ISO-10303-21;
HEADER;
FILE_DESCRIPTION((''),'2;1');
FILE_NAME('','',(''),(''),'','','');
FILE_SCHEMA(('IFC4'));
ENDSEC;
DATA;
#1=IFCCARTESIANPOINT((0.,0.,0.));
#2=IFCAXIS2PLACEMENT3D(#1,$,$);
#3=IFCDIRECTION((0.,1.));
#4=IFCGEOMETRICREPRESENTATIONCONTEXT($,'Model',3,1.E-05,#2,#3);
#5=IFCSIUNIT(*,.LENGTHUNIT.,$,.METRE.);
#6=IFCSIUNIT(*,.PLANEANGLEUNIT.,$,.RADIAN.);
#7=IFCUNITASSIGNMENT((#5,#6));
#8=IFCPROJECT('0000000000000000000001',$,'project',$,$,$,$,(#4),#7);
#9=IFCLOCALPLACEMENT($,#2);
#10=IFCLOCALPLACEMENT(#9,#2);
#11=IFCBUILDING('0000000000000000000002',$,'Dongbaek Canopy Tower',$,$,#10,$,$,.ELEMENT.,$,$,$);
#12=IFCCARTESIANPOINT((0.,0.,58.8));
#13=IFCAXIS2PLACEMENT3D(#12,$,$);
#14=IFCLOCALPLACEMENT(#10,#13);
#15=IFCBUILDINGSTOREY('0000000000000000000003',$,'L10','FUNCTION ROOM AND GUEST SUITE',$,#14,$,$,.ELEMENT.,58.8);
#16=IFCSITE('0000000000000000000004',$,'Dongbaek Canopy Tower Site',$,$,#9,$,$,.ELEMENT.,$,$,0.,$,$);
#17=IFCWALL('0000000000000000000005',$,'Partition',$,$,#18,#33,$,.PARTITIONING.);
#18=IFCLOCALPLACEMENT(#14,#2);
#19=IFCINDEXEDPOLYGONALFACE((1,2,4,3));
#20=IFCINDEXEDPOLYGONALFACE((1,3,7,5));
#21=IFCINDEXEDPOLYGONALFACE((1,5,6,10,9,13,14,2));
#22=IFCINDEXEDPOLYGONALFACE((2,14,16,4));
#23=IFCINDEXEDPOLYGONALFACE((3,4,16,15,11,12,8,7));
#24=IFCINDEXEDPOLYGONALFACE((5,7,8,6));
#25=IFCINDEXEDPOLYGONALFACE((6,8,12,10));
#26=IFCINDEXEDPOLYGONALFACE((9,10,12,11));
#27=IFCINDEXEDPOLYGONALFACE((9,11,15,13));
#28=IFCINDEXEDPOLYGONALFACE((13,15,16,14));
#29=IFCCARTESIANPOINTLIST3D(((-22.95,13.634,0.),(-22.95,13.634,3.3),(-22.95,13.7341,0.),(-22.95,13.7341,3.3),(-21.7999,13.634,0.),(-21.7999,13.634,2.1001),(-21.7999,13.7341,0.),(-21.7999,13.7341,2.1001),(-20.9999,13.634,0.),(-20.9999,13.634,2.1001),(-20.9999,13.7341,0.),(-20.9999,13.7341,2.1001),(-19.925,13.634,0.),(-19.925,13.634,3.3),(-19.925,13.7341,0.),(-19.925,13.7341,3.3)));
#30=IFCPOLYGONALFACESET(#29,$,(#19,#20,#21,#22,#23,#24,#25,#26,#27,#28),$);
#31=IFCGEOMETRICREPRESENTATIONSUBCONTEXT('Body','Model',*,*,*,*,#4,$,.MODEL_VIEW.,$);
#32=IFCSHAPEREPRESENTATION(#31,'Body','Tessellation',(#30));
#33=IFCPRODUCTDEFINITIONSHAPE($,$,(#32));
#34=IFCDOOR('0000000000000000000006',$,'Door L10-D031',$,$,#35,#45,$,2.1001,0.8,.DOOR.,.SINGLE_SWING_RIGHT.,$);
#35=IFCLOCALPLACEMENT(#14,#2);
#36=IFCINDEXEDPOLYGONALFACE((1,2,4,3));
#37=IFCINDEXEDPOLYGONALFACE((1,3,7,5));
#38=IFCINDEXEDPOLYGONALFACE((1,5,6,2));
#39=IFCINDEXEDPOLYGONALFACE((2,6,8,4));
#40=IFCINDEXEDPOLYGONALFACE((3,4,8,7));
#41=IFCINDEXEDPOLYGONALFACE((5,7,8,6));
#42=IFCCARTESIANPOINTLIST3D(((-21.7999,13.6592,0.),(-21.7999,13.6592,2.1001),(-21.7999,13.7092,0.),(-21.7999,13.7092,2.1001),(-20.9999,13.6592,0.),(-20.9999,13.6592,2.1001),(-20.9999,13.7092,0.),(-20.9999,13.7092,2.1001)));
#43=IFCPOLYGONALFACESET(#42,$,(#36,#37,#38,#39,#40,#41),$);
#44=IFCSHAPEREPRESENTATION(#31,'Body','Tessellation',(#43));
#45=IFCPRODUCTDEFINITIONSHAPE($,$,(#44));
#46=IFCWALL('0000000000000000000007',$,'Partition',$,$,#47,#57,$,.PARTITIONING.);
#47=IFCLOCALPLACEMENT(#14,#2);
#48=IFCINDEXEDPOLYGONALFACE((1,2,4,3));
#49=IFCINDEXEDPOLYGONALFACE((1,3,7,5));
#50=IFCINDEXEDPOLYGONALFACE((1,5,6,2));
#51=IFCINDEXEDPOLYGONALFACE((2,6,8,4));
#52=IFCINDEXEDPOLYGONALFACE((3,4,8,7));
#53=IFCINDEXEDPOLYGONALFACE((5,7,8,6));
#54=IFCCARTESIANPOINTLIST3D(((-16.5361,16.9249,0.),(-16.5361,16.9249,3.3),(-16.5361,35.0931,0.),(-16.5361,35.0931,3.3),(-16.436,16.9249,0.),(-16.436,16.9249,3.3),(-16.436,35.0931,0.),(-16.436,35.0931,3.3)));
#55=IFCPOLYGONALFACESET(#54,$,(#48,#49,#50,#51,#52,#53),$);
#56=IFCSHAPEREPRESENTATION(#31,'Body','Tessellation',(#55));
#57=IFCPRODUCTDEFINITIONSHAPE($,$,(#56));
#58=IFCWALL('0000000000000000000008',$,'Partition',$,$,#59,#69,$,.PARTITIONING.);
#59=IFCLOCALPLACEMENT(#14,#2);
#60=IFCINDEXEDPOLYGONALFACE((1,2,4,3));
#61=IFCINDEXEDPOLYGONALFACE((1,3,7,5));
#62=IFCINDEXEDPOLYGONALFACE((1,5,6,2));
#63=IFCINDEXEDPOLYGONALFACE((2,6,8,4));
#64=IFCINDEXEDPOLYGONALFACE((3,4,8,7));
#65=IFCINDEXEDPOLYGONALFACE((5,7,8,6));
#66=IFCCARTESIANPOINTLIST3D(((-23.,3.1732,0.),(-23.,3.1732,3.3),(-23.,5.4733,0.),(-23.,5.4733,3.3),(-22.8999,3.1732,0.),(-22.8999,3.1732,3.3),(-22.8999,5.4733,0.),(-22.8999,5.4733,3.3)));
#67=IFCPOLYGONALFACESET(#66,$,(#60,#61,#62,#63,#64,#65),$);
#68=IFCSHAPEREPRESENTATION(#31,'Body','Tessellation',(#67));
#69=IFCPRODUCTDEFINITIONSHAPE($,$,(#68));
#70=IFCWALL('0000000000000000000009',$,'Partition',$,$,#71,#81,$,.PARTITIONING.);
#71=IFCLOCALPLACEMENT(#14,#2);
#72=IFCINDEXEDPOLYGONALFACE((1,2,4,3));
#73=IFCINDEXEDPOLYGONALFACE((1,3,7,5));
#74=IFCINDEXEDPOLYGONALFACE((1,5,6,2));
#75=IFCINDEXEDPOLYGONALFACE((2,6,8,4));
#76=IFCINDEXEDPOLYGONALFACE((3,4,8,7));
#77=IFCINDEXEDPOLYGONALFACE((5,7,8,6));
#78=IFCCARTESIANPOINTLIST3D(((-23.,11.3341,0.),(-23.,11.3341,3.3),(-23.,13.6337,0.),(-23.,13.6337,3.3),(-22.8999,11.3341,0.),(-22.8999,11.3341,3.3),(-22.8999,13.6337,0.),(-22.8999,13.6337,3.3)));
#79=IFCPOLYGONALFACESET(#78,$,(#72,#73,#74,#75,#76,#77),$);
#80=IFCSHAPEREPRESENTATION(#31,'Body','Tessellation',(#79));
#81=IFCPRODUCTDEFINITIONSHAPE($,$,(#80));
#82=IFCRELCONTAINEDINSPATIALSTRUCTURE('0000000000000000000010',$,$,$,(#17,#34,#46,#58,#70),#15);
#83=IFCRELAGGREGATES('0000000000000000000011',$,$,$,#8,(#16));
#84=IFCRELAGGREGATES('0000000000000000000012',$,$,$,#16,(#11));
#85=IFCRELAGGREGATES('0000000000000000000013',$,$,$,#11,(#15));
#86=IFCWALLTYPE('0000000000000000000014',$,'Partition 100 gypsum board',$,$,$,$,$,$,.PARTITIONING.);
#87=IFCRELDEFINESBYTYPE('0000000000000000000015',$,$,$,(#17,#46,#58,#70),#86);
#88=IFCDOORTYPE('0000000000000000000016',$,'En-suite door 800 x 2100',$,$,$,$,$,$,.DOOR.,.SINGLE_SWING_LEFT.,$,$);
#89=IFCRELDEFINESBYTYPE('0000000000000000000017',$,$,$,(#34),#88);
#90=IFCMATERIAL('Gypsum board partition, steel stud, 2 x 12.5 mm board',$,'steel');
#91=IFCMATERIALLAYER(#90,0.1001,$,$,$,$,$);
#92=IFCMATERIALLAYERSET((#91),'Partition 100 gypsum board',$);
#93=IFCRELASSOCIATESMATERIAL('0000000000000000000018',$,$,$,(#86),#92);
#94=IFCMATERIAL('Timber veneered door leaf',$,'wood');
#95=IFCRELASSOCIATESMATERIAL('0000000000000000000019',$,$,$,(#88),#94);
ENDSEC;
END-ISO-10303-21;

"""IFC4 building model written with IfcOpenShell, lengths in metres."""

from ifc_helpers import new_model, si_unit, direction, frame, frame_2d, origin, place, context, subcontext, project, spatial, rectangle, extrude, material, layer, layer_set, type_object, element, fill, save


model = new_model("IFC4")

# Units and contexts
model_context = context("Model", 3, precision=1e-05, world=origin(), true_north=direction((0.0, 1.0)))
body_context = subcontext(model_context, "Body", "Model", "MODEL_VIEW")
ifc_project = project(units=[si_unit("LENGTHUNIT", "METRE"), si_unit("PLANEANGLEUNIT", "RADIAN")], contexts=[model_context])

# Site, building, storey
site_placement = place(None, origin())
site = spatial("IfcSite", under=ifc_project, at=site_placement, Name="Dongbaek Canopy Tower Site", CompositionType="ELEMENT", RefElevation=0.0)
building_placement = place(site_placement, origin())
building = spatial("IfcBuilding", under=site, at=building_placement, Name="Dongbaek Canopy Tower", CompositionType="ELEMENT")
storey_placement = place(building_placement, frame((0.0, 0.0, 58.8)))
storey = spatial("IfcBuildingStorey", under=building, at=storey_placement, Name="L10", Description="FUNCTION ROOM AND GUEST SUITE", CompositionType="ELEMENT", Elevation=58.8)

# Shared definitions
ifc_material_1 = material(Name="Gypsum board partition, steel stud, 2 x 12.5 mm board", Category="steel")
ifc_layer_1 = layer(ifc_material_1, 0.1001)
ifc_layer_set_1 = layer_set([ifc_layer_1], Name="Partition 100 gypsum board")
wall_type_1 = type_object("IfcWallType", Name="Partition 100 gypsum board", PredefinedType="PARTITIONING", material=ifc_layer_set_1)
ifc_material_2 = material(Name="Timber veneered door leaf", Category="wood")
door_type_1 = type_object("IfcDoorType", Name="En-suite door 800 x 2100", OperationType="SINGLE_SWING_LEFT", PredefinedType="DOOR", material=ifc_material_2)

# Wall, opening, door
wall_1_placement = place(storey_placement, frame((-19.925, 13.6841, 0.0), z_axis=(0.0, 0.0, 1.0), x_axis=(-1.0, 0.0, 0.0)))
wall_1 = element("IfcWall", 1, at=wall_1_placement, inside=storey, type_object=wall_type_1, Name="Partition", PredefinedType="PARTITIONING", context=body_context, shape_type="SweptSolid", body=[
    extrude(rectangle(XDim=3.0249, YDim=0.1001, at=frame_2d((1.5125, 0.0))), origin(), (0.0, 0.0, 1.0), 3.3),
])
opening_1_placement = place(wall_1_placement, frame((1.075, 0.0, 0.0)))
opening_1 = element("IfcOpeningElement", 2, at=opening_1_placement, cuts=wall_1, PredefinedType="OPENING", context=body_context, shape_type="SweptSolid", body=[
    extrude(rectangle(XDim=0.8, YDim=2.1001, at=frame_2d((0.3999, 1.05))), frame((0.0, 0.0601, 0.0), z_axis=(0.0, -1.0, 0.0), x_axis=(1.0, 0.0, 0.0)), (0.0, 0.0, 1.0), 0.1201),
])
door_1_placement = place(opening_1_placement, origin())
door_1 = element("IfcDoor", 3, at=door_1_placement, inside=storey, type_object=door_type_1, Name="Door L10-D031", OperationType="SINGLE_SWING_RIGHT", OverallHeight=2.1001, OverallWidth=0.8, PredefinedType="DOOR", context=body_context, shape_type="SweptSolid", body=[
    extrude(rectangle(XDim=0.8, YDim=2.1001, at=frame_2d((0.3999, 1.05))), frame((0.0, 0.0249, 0.0), z_axis=(0.0, -1.0, 0.0), x_axis=(1.0, 0.0, 0.0)), (0.0, 0.0, 1.0), 0.05),
])
fill(opening_1, door_1)

# Walls
wall_2_placement = place(storey_placement, frame((-16.4861, 16.925, 0.0), z_axis=(0.0, 0.0, 1.0), x_axis=(0.0, 1.0, 0.0)))
element("IfcWall", 4, at=wall_2_placement, inside=storey, type_object=wall_type_1, Name="Partition", PredefinedType="PARTITIONING", context=body_context, shape_type="SweptSolid", body=[
    extrude(rectangle(XDim=18.1682, YDim=0.1001, at=frame_2d((9.084, 0.0))), origin(), (0.0, 0.0, 1.0), 3.3),
])
wall_3_placement = place(storey_placement, frame((-22.95, 3.1733, 0.0), z_axis=(0.0, 0.0, 1.0), x_axis=(0.0, 1.0, 0.0)))
element("IfcWall", 5, at=wall_3_placement, inside=storey, type_object=wall_type_1, Name="Partition", PredefinedType="PARTITIONING", context=body_context, shape_type="SweptSolid", body=[
    extrude(rectangle(XDim=2.3, YDim=0.1001, at=frame_2d((1.1499, 0.0))), origin(), (0.0, 0.0, 1.0), 3.3),
])
wall_4_placement = place(storey_placement, frame((-22.95, 11.334, 0.0), z_axis=(0.0, 0.0, 1.0), x_axis=(0.0, 1.0, 0.0)))
element("IfcWall", 6, at=wall_4_placement, inside=storey, type_object=wall_type_1, Name="Partition", PredefinedType="PARTITIONING", context=body_context, shape_type="SweptSolid", body=[
    extrude(rectangle(XDim=2.2996, YDim=0.1001, at=frame_2d((1.1499, 0.0))), origin(), (0.0, 0.0, 1.0), 3.3),
])

save(model, "model.ifc")
